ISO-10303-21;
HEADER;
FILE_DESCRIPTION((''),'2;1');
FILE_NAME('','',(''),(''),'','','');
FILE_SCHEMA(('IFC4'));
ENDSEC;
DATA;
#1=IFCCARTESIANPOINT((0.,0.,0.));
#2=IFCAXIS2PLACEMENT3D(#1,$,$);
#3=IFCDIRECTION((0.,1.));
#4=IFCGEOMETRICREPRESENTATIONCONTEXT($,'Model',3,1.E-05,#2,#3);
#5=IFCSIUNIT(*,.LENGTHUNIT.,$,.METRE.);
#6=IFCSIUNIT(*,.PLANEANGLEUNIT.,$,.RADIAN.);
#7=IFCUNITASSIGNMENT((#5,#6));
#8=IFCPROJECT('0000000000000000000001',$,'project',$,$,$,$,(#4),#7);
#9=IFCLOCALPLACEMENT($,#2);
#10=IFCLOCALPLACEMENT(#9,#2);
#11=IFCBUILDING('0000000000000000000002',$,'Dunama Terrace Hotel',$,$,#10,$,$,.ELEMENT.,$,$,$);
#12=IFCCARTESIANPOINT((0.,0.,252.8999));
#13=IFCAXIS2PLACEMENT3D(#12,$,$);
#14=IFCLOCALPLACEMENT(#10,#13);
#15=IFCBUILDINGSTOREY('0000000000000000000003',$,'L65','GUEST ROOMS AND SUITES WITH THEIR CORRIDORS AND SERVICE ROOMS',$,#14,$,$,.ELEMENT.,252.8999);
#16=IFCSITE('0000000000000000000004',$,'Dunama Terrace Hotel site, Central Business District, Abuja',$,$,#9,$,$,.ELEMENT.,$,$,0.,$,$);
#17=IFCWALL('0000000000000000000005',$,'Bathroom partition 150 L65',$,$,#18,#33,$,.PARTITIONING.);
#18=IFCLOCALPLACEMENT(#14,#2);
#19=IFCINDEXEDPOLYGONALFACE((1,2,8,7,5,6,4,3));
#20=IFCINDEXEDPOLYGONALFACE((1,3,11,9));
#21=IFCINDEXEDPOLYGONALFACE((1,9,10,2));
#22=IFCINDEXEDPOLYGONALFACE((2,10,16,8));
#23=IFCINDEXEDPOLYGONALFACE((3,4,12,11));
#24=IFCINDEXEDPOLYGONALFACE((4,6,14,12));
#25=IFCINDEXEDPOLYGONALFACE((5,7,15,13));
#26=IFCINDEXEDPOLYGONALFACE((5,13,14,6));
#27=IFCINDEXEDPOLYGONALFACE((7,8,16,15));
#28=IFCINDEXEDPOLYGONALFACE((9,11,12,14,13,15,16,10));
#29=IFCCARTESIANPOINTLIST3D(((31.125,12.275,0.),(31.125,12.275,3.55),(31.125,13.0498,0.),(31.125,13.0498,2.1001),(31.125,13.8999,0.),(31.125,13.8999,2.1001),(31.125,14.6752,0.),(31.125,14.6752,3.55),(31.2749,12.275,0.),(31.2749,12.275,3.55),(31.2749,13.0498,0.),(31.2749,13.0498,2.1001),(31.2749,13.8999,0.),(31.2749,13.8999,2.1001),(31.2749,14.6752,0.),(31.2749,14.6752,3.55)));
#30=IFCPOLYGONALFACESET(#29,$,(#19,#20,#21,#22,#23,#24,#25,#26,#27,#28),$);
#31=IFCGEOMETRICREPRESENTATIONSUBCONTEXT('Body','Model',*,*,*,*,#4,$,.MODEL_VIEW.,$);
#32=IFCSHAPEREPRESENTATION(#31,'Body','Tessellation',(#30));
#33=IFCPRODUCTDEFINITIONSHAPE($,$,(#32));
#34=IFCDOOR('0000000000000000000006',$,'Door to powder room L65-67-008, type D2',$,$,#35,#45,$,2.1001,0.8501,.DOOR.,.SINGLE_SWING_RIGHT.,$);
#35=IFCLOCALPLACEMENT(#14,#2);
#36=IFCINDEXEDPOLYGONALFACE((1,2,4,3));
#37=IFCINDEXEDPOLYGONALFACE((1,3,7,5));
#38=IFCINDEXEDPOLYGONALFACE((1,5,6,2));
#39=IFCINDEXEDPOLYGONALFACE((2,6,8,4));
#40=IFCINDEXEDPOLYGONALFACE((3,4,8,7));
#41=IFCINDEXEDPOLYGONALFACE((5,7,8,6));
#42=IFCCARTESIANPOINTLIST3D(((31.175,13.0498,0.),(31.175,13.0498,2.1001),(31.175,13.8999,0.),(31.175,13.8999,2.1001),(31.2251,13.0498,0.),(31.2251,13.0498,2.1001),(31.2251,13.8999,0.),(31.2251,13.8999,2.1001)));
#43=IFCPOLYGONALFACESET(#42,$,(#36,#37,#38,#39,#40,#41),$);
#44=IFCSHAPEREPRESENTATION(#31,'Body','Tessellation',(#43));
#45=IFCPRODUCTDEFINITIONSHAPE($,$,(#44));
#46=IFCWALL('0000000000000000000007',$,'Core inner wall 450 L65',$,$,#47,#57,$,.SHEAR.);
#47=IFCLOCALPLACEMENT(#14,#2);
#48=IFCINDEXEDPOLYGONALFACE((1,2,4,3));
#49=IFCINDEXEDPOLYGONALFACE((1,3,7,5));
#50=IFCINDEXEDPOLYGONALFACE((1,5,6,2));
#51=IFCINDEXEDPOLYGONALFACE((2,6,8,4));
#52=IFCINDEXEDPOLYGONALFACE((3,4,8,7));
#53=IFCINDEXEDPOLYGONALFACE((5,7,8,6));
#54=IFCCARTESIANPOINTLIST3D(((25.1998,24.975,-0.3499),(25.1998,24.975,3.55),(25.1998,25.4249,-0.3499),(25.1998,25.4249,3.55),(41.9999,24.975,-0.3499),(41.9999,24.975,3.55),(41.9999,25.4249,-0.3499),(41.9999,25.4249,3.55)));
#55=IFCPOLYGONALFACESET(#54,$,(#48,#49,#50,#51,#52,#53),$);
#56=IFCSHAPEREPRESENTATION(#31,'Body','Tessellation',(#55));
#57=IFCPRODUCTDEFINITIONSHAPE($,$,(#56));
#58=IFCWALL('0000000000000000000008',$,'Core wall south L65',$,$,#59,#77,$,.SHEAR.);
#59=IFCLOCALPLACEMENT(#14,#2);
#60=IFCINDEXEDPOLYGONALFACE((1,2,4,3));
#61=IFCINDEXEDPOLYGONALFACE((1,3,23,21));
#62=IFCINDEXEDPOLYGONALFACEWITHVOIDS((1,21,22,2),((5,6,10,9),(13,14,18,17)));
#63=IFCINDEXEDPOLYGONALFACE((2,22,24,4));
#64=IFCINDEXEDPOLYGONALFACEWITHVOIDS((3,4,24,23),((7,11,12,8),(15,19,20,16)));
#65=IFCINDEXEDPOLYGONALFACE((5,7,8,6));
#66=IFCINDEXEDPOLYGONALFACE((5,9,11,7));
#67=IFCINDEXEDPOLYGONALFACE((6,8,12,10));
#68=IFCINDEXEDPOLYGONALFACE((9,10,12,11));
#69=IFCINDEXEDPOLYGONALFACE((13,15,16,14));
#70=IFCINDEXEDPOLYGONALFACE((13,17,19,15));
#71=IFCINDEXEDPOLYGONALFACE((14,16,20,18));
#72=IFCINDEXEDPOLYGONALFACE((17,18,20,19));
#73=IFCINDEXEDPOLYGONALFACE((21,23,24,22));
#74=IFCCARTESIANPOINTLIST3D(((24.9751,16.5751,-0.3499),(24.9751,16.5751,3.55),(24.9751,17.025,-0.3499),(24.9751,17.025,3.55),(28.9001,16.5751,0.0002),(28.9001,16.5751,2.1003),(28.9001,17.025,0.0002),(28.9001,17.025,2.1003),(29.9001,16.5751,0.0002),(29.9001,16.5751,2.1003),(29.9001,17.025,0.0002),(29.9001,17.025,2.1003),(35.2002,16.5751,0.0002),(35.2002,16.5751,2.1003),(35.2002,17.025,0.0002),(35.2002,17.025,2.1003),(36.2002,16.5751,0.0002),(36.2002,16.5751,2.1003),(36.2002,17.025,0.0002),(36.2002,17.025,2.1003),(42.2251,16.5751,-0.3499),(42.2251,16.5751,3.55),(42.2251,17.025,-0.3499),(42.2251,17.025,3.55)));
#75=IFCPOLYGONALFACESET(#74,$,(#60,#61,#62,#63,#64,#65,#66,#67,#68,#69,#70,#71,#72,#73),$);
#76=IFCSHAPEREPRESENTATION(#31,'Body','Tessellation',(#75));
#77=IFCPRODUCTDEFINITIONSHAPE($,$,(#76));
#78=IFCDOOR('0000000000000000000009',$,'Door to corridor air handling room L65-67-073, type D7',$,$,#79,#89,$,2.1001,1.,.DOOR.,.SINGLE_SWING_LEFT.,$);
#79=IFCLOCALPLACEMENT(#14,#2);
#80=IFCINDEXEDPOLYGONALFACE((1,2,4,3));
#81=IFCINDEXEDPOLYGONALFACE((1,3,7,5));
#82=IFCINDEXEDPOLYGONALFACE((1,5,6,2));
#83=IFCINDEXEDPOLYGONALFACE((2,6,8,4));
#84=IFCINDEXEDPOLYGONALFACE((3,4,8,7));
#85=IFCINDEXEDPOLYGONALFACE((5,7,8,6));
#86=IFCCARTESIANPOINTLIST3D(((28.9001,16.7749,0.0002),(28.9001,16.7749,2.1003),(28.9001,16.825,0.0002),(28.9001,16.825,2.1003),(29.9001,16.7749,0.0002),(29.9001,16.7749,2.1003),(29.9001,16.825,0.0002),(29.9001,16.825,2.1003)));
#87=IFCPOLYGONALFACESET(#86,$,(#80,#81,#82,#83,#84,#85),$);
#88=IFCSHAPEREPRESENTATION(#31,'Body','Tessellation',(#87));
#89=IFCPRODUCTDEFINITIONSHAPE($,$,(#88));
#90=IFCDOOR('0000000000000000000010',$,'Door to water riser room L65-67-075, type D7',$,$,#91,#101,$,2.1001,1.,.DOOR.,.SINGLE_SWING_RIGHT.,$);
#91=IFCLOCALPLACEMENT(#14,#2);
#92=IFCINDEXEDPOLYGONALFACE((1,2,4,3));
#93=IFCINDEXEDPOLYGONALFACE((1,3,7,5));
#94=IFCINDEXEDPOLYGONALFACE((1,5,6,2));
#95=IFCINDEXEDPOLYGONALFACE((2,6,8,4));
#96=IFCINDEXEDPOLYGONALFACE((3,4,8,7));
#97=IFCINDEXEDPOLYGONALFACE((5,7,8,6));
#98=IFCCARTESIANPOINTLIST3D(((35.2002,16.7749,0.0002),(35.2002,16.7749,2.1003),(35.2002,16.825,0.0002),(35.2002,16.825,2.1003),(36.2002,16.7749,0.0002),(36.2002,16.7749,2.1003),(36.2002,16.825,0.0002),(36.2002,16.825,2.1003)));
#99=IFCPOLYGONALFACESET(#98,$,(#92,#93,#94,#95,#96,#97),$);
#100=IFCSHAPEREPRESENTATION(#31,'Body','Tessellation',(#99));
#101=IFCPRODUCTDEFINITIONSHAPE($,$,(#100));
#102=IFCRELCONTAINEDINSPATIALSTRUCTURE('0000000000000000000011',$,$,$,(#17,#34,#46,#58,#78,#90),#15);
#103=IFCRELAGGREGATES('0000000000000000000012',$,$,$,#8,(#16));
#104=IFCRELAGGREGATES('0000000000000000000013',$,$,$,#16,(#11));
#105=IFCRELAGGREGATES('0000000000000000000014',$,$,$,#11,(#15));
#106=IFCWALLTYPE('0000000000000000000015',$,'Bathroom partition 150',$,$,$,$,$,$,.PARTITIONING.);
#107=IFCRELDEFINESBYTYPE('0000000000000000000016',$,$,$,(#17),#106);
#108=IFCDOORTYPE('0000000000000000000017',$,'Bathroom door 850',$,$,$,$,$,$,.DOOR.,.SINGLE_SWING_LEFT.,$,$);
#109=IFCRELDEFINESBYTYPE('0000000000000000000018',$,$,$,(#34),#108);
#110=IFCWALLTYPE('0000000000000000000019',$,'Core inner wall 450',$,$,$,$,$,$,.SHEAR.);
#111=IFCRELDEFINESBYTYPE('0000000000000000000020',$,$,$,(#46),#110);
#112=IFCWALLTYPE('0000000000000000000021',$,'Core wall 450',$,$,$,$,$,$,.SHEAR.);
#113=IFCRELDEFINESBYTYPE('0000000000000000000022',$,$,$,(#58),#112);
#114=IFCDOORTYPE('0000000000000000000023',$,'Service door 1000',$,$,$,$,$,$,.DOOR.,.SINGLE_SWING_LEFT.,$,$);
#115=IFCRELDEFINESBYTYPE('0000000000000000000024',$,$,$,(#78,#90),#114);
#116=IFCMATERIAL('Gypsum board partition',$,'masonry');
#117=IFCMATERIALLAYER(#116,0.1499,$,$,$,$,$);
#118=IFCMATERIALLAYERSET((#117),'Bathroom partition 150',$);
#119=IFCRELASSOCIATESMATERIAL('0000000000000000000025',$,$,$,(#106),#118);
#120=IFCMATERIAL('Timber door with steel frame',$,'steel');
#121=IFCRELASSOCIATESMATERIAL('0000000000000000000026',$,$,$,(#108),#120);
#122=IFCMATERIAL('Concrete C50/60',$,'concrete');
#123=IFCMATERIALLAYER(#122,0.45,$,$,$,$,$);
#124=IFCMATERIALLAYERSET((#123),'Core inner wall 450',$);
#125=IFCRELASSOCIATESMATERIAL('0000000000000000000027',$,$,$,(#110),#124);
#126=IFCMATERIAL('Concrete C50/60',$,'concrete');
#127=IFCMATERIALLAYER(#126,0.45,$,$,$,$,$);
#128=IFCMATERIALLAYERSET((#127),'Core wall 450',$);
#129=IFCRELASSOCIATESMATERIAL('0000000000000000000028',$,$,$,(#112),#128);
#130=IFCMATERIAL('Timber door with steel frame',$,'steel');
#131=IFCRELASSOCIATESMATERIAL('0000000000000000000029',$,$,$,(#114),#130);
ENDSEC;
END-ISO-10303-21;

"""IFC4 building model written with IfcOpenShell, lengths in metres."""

from ifc_helpers import new_model, si_unit, direction, frame, frame_2d, origin, place, context, subcontext, project, spatial, rectangle, extrude, material, layer, layer_set, type_object, element, fill, save


model = new_model("IFC4")

# Units and contexts
model_context = context("Model", 3, precision=1e-05, world=origin(), true_north=direction((0.0, 1.0)))
body_context = subcontext(model_context, "Body", "Model", "MODEL_VIEW")
ifc_project = project(units=[si_unit("LENGTHUNIT", "METRE"), si_unit("PLANEANGLEUNIT", "RADIAN")], contexts=[model_context])

# Site, building, storey
site_placement = place(None, origin())
site = spatial("IfcSite", under=ifc_project, at=site_placement, Name="Dunama Terrace Hotel site, Central Business District, Abuja", CompositionType="ELEMENT", RefElevation=0.0)
building_placement = place(site_placement, origin())
building = spatial("IfcBuilding", under=site, at=building_placement, Name="Dunama Terrace Hotel", CompositionType="ELEMENT")
storey_placement = place(building_placement, frame((0.0, 0.0, 252.8999)))
storey = spatial("IfcBuildingStorey", under=building, at=storey_placement, Name="L65", Description="GUEST ROOMS AND SUITES WITH THEIR CORRIDORS AND SERVICE ROOMS", CompositionType="ELEMENT", Elevation=252.8999)

# Wall, opening, door
ifc_material_1 = material(Name="Gypsum board partition", Category="masonry")
ifc_layer_1 = layer(ifc_material_1, 0.1499)
ifc_layer_set_1 = layer_set([ifc_layer_1], Name="Bathroom partition 150")
wall_type_1 = type_object("IfcWallType", Name="Bathroom partition 150", PredefinedType="PARTITIONING", material=ifc_layer_set_1)
wall_1_placement = place(storey_placement, frame((31.2, 12.2749, 0.0), z_axis=(0.0, 0.0, 1.0), x_axis=(0.0, 1.0, 0.0)))
wall_1 = element("IfcWall", 1, at=wall_1_placement, inside=storey, type_object=wall_type_1, Name="Bathroom partition 150 L65", PredefinedType="PARTITIONING", context=body_context, shape_type="SweptSolid", body=[
    extrude(rectangle(XDim=2.4001, YDim=0.1499, at=frame_2d((1.2002, 0.0))), origin(), (0.0, 0.0, 1.0), 3.55),
])
opening_1_placement = place(wall_1_placement, frame((0.7749, 0.0, 0.0)))
opening_1 = element("IfcOpeningElement", 2, at=opening_1_placement, cuts=wall_1, PredefinedType="OPENING", context=body_context, shape_type="SweptSolid", body=[
    extrude(rectangle(XDim=0.8501, YDim=2.1001, at=frame_2d((0.425, 1.05))), frame((0.0, 0.085, 0.0), z_axis=(0.0, -1.0, 0.0), x_axis=(1.0, 0.0, 0.0)), (0.0, 0.0, 1.0), 0.1699),
])
ifc_material_2 = material(Name="Timber door with steel frame", Category="steel")
door_type_1 = type_object("IfcDoorType", Name="Bathroom door 850", OperationType="SINGLE_SWING_LEFT", PredefinedType="DOOR", material=ifc_material_2)
door_1_placement = place(opening_1_placement, origin())
door_1 = element("IfcDoor", 3, at=door_1_placement, inside=storey, type_object=door_type_1, Name="Door to powder room L65-67-008, type D2", OperationType="SINGLE_SWING_RIGHT", OverallHeight=2.1001, OverallWidth=0.8501, PredefinedType="DOOR", context=body_context, shape_type="SweptSolid", body=[
    extrude(rectangle(XDim=0.8501, YDim=2.1001, at=frame_2d((0.425, 1.05))), frame((0.0, 0.0249, 0.0), z_axis=(0.0, -1.0, 0.0), x_axis=(1.0, 0.0, 0.0)), (0.0, 0.0, 1.0), 0.05),
])
fill(opening_1, door_1)

# Wall
ifc_material_3 = material(Name="Concrete C50/60", Category="concrete")
ifc_layer_2 = layer(ifc_material_3, 0.45)
ifc_layer_set_2 = layer_set([ifc_layer_2], Name="Core inner wall 450")
wall_type_2 = type_object("IfcWallType", Name="Core inner wall 450", PredefinedType="SHEAR", material=ifc_layer_set_2)
wall_2_placement = place(storey_placement, frame((25.2, 25.2, -0.3499), z_axis=(0.0, 0.0, 1.0), x_axis=(1.0, 0.0, 0.0)))
element("IfcWall", 4, at=wall_2_placement, inside=storey, type_object=wall_type_2, Name="Core inner wall 450 L65", PredefinedType="SHEAR", context=body_context, shape_type="SweptSolid", body=[
    extrude(rectangle(XDim=16.8, YDim=0.45, at=frame_2d((8.3999, 0.0))), origin(), (0.0, 0.0, 1.0), 3.8999),
])

# Wall, openings, doors
ifc_material_4 = material(Name="Concrete C50/60", Category="concrete")
ifc_layer_3 = layer(ifc_material_4, 0.45)
ifc_layer_set_3 = layer_set([ifc_layer_3], Name="Core wall 450")
wall_type_3 = type_object("IfcWallType", Name="Core wall 450", PredefinedType="SHEAR", material=ifc_layer_set_3)
wall_3_placement = place(storey_placement, frame((24.9751, 16.8, -0.3499), z_axis=(0.0, 0.0, 1.0), x_axis=(1.0, 0.0, 0.0)))
wall_3 = element("IfcWall", 5, at=wall_3_placement, inside=storey, type_object=wall_type_3, Name="Core wall south L65", PredefinedType="SHEAR", context=body_context, shape_type="SweptSolid", body=[
    extrude(rectangle(XDim=17.25, YDim=0.45, at=frame_2d((8.625, 0.0))), origin(), (0.0, 0.0, 1.0), 3.8999),
])
opening_2_placement = place(wall_3_placement, frame((3.925, 0.0, 0.3501)))
opening_2 = element("IfcOpeningElement", 6, at=opening_2_placement, cuts=wall_3, PredefinedType="OPENING", context=body_context, shape_type="SweptSolid", body=[
    extrude(rectangle(XDim=1.0, YDim=2.1001, at=frame_2d((0.5, 1.05))), frame((0.0, 0.2349, 0.0), z_axis=(0.0, -1.0, 0.0), x_axis=(1.0, 0.0, 0.0)), (0.0, 0.0, 1.0), 0.47),
])
opening_3_placement = place(wall_3_placement, frame((10.2251, 0.0, 0.3501)))
opening_3 = element("IfcOpeningElement", 7, at=opening_3_placement, cuts=wall_3, PredefinedType="OPENING", context=body_context, shape_type="SweptSolid", body=[
    extrude(rectangle(XDim=1.0, YDim=2.1001, at=frame_2d((0.5, 1.05))), frame((0.0, 0.2349, 0.0), z_axis=(0.0, -1.0, 0.0), x_axis=(1.0, 0.0, 0.0)), (0.0, 0.0, 1.0), 0.47),
])
ifc_material_5 = material(Name="Timber door with steel frame", Category="steel")
door_type_2 = type_object("IfcDoorType", Name="Service door 1000", OperationType="SINGLE_SWING_LEFT", PredefinedType="DOOR", material=ifc_material_5)
door_2_placement = place(opening_2_placement, origin())
door_2 = element("IfcDoor", 8, at=door_2_placement, inside=storey, type_object=door_type_2, Name="Door to corridor air handling room L65-67-073, type D7", OperationType="SINGLE_SWING_LEFT", OverallHeight=2.1001, OverallWidth=1.0, PredefinedType="DOOR", context=body_context, shape_type="SweptSolid", body=[
    extrude(rectangle(XDim=1.0, YDim=2.1001, at=frame_2d((0.5, 1.05))), frame((0.0, 0.0249, 0.0), z_axis=(0.0, -1.0, 0.0), x_axis=(1.0, 0.0, 0.0)), (0.0, 0.0, 1.0), 0.05),
])
fill(opening_2, door_2)
door_3_placement = place(opening_3_placement, origin())
door_3 = element("IfcDoor", 9, at=door_3_placement, inside=storey, type_object=door_type_2, Name="Door to water riser room L65-67-075, type D7", OperationType="SINGLE_SWING_RIGHT", OverallHeight=2.1001, OverallWidth=1.0, PredefinedType="DOOR", context=body_context, shape_type="SweptSolid", body=[
    extrude(rectangle(XDim=1.0, YDim=2.1001, at=frame_2d((0.5, 1.05))), frame((0.0, 0.0249, 0.0), z_axis=(0.0, -1.0, 0.0), x_axis=(1.0, 0.0, 0.0)), (0.0, 0.0, 1.0), 0.05),
])
fill(opening_3, door_3)

save(model, "model.ifc")
